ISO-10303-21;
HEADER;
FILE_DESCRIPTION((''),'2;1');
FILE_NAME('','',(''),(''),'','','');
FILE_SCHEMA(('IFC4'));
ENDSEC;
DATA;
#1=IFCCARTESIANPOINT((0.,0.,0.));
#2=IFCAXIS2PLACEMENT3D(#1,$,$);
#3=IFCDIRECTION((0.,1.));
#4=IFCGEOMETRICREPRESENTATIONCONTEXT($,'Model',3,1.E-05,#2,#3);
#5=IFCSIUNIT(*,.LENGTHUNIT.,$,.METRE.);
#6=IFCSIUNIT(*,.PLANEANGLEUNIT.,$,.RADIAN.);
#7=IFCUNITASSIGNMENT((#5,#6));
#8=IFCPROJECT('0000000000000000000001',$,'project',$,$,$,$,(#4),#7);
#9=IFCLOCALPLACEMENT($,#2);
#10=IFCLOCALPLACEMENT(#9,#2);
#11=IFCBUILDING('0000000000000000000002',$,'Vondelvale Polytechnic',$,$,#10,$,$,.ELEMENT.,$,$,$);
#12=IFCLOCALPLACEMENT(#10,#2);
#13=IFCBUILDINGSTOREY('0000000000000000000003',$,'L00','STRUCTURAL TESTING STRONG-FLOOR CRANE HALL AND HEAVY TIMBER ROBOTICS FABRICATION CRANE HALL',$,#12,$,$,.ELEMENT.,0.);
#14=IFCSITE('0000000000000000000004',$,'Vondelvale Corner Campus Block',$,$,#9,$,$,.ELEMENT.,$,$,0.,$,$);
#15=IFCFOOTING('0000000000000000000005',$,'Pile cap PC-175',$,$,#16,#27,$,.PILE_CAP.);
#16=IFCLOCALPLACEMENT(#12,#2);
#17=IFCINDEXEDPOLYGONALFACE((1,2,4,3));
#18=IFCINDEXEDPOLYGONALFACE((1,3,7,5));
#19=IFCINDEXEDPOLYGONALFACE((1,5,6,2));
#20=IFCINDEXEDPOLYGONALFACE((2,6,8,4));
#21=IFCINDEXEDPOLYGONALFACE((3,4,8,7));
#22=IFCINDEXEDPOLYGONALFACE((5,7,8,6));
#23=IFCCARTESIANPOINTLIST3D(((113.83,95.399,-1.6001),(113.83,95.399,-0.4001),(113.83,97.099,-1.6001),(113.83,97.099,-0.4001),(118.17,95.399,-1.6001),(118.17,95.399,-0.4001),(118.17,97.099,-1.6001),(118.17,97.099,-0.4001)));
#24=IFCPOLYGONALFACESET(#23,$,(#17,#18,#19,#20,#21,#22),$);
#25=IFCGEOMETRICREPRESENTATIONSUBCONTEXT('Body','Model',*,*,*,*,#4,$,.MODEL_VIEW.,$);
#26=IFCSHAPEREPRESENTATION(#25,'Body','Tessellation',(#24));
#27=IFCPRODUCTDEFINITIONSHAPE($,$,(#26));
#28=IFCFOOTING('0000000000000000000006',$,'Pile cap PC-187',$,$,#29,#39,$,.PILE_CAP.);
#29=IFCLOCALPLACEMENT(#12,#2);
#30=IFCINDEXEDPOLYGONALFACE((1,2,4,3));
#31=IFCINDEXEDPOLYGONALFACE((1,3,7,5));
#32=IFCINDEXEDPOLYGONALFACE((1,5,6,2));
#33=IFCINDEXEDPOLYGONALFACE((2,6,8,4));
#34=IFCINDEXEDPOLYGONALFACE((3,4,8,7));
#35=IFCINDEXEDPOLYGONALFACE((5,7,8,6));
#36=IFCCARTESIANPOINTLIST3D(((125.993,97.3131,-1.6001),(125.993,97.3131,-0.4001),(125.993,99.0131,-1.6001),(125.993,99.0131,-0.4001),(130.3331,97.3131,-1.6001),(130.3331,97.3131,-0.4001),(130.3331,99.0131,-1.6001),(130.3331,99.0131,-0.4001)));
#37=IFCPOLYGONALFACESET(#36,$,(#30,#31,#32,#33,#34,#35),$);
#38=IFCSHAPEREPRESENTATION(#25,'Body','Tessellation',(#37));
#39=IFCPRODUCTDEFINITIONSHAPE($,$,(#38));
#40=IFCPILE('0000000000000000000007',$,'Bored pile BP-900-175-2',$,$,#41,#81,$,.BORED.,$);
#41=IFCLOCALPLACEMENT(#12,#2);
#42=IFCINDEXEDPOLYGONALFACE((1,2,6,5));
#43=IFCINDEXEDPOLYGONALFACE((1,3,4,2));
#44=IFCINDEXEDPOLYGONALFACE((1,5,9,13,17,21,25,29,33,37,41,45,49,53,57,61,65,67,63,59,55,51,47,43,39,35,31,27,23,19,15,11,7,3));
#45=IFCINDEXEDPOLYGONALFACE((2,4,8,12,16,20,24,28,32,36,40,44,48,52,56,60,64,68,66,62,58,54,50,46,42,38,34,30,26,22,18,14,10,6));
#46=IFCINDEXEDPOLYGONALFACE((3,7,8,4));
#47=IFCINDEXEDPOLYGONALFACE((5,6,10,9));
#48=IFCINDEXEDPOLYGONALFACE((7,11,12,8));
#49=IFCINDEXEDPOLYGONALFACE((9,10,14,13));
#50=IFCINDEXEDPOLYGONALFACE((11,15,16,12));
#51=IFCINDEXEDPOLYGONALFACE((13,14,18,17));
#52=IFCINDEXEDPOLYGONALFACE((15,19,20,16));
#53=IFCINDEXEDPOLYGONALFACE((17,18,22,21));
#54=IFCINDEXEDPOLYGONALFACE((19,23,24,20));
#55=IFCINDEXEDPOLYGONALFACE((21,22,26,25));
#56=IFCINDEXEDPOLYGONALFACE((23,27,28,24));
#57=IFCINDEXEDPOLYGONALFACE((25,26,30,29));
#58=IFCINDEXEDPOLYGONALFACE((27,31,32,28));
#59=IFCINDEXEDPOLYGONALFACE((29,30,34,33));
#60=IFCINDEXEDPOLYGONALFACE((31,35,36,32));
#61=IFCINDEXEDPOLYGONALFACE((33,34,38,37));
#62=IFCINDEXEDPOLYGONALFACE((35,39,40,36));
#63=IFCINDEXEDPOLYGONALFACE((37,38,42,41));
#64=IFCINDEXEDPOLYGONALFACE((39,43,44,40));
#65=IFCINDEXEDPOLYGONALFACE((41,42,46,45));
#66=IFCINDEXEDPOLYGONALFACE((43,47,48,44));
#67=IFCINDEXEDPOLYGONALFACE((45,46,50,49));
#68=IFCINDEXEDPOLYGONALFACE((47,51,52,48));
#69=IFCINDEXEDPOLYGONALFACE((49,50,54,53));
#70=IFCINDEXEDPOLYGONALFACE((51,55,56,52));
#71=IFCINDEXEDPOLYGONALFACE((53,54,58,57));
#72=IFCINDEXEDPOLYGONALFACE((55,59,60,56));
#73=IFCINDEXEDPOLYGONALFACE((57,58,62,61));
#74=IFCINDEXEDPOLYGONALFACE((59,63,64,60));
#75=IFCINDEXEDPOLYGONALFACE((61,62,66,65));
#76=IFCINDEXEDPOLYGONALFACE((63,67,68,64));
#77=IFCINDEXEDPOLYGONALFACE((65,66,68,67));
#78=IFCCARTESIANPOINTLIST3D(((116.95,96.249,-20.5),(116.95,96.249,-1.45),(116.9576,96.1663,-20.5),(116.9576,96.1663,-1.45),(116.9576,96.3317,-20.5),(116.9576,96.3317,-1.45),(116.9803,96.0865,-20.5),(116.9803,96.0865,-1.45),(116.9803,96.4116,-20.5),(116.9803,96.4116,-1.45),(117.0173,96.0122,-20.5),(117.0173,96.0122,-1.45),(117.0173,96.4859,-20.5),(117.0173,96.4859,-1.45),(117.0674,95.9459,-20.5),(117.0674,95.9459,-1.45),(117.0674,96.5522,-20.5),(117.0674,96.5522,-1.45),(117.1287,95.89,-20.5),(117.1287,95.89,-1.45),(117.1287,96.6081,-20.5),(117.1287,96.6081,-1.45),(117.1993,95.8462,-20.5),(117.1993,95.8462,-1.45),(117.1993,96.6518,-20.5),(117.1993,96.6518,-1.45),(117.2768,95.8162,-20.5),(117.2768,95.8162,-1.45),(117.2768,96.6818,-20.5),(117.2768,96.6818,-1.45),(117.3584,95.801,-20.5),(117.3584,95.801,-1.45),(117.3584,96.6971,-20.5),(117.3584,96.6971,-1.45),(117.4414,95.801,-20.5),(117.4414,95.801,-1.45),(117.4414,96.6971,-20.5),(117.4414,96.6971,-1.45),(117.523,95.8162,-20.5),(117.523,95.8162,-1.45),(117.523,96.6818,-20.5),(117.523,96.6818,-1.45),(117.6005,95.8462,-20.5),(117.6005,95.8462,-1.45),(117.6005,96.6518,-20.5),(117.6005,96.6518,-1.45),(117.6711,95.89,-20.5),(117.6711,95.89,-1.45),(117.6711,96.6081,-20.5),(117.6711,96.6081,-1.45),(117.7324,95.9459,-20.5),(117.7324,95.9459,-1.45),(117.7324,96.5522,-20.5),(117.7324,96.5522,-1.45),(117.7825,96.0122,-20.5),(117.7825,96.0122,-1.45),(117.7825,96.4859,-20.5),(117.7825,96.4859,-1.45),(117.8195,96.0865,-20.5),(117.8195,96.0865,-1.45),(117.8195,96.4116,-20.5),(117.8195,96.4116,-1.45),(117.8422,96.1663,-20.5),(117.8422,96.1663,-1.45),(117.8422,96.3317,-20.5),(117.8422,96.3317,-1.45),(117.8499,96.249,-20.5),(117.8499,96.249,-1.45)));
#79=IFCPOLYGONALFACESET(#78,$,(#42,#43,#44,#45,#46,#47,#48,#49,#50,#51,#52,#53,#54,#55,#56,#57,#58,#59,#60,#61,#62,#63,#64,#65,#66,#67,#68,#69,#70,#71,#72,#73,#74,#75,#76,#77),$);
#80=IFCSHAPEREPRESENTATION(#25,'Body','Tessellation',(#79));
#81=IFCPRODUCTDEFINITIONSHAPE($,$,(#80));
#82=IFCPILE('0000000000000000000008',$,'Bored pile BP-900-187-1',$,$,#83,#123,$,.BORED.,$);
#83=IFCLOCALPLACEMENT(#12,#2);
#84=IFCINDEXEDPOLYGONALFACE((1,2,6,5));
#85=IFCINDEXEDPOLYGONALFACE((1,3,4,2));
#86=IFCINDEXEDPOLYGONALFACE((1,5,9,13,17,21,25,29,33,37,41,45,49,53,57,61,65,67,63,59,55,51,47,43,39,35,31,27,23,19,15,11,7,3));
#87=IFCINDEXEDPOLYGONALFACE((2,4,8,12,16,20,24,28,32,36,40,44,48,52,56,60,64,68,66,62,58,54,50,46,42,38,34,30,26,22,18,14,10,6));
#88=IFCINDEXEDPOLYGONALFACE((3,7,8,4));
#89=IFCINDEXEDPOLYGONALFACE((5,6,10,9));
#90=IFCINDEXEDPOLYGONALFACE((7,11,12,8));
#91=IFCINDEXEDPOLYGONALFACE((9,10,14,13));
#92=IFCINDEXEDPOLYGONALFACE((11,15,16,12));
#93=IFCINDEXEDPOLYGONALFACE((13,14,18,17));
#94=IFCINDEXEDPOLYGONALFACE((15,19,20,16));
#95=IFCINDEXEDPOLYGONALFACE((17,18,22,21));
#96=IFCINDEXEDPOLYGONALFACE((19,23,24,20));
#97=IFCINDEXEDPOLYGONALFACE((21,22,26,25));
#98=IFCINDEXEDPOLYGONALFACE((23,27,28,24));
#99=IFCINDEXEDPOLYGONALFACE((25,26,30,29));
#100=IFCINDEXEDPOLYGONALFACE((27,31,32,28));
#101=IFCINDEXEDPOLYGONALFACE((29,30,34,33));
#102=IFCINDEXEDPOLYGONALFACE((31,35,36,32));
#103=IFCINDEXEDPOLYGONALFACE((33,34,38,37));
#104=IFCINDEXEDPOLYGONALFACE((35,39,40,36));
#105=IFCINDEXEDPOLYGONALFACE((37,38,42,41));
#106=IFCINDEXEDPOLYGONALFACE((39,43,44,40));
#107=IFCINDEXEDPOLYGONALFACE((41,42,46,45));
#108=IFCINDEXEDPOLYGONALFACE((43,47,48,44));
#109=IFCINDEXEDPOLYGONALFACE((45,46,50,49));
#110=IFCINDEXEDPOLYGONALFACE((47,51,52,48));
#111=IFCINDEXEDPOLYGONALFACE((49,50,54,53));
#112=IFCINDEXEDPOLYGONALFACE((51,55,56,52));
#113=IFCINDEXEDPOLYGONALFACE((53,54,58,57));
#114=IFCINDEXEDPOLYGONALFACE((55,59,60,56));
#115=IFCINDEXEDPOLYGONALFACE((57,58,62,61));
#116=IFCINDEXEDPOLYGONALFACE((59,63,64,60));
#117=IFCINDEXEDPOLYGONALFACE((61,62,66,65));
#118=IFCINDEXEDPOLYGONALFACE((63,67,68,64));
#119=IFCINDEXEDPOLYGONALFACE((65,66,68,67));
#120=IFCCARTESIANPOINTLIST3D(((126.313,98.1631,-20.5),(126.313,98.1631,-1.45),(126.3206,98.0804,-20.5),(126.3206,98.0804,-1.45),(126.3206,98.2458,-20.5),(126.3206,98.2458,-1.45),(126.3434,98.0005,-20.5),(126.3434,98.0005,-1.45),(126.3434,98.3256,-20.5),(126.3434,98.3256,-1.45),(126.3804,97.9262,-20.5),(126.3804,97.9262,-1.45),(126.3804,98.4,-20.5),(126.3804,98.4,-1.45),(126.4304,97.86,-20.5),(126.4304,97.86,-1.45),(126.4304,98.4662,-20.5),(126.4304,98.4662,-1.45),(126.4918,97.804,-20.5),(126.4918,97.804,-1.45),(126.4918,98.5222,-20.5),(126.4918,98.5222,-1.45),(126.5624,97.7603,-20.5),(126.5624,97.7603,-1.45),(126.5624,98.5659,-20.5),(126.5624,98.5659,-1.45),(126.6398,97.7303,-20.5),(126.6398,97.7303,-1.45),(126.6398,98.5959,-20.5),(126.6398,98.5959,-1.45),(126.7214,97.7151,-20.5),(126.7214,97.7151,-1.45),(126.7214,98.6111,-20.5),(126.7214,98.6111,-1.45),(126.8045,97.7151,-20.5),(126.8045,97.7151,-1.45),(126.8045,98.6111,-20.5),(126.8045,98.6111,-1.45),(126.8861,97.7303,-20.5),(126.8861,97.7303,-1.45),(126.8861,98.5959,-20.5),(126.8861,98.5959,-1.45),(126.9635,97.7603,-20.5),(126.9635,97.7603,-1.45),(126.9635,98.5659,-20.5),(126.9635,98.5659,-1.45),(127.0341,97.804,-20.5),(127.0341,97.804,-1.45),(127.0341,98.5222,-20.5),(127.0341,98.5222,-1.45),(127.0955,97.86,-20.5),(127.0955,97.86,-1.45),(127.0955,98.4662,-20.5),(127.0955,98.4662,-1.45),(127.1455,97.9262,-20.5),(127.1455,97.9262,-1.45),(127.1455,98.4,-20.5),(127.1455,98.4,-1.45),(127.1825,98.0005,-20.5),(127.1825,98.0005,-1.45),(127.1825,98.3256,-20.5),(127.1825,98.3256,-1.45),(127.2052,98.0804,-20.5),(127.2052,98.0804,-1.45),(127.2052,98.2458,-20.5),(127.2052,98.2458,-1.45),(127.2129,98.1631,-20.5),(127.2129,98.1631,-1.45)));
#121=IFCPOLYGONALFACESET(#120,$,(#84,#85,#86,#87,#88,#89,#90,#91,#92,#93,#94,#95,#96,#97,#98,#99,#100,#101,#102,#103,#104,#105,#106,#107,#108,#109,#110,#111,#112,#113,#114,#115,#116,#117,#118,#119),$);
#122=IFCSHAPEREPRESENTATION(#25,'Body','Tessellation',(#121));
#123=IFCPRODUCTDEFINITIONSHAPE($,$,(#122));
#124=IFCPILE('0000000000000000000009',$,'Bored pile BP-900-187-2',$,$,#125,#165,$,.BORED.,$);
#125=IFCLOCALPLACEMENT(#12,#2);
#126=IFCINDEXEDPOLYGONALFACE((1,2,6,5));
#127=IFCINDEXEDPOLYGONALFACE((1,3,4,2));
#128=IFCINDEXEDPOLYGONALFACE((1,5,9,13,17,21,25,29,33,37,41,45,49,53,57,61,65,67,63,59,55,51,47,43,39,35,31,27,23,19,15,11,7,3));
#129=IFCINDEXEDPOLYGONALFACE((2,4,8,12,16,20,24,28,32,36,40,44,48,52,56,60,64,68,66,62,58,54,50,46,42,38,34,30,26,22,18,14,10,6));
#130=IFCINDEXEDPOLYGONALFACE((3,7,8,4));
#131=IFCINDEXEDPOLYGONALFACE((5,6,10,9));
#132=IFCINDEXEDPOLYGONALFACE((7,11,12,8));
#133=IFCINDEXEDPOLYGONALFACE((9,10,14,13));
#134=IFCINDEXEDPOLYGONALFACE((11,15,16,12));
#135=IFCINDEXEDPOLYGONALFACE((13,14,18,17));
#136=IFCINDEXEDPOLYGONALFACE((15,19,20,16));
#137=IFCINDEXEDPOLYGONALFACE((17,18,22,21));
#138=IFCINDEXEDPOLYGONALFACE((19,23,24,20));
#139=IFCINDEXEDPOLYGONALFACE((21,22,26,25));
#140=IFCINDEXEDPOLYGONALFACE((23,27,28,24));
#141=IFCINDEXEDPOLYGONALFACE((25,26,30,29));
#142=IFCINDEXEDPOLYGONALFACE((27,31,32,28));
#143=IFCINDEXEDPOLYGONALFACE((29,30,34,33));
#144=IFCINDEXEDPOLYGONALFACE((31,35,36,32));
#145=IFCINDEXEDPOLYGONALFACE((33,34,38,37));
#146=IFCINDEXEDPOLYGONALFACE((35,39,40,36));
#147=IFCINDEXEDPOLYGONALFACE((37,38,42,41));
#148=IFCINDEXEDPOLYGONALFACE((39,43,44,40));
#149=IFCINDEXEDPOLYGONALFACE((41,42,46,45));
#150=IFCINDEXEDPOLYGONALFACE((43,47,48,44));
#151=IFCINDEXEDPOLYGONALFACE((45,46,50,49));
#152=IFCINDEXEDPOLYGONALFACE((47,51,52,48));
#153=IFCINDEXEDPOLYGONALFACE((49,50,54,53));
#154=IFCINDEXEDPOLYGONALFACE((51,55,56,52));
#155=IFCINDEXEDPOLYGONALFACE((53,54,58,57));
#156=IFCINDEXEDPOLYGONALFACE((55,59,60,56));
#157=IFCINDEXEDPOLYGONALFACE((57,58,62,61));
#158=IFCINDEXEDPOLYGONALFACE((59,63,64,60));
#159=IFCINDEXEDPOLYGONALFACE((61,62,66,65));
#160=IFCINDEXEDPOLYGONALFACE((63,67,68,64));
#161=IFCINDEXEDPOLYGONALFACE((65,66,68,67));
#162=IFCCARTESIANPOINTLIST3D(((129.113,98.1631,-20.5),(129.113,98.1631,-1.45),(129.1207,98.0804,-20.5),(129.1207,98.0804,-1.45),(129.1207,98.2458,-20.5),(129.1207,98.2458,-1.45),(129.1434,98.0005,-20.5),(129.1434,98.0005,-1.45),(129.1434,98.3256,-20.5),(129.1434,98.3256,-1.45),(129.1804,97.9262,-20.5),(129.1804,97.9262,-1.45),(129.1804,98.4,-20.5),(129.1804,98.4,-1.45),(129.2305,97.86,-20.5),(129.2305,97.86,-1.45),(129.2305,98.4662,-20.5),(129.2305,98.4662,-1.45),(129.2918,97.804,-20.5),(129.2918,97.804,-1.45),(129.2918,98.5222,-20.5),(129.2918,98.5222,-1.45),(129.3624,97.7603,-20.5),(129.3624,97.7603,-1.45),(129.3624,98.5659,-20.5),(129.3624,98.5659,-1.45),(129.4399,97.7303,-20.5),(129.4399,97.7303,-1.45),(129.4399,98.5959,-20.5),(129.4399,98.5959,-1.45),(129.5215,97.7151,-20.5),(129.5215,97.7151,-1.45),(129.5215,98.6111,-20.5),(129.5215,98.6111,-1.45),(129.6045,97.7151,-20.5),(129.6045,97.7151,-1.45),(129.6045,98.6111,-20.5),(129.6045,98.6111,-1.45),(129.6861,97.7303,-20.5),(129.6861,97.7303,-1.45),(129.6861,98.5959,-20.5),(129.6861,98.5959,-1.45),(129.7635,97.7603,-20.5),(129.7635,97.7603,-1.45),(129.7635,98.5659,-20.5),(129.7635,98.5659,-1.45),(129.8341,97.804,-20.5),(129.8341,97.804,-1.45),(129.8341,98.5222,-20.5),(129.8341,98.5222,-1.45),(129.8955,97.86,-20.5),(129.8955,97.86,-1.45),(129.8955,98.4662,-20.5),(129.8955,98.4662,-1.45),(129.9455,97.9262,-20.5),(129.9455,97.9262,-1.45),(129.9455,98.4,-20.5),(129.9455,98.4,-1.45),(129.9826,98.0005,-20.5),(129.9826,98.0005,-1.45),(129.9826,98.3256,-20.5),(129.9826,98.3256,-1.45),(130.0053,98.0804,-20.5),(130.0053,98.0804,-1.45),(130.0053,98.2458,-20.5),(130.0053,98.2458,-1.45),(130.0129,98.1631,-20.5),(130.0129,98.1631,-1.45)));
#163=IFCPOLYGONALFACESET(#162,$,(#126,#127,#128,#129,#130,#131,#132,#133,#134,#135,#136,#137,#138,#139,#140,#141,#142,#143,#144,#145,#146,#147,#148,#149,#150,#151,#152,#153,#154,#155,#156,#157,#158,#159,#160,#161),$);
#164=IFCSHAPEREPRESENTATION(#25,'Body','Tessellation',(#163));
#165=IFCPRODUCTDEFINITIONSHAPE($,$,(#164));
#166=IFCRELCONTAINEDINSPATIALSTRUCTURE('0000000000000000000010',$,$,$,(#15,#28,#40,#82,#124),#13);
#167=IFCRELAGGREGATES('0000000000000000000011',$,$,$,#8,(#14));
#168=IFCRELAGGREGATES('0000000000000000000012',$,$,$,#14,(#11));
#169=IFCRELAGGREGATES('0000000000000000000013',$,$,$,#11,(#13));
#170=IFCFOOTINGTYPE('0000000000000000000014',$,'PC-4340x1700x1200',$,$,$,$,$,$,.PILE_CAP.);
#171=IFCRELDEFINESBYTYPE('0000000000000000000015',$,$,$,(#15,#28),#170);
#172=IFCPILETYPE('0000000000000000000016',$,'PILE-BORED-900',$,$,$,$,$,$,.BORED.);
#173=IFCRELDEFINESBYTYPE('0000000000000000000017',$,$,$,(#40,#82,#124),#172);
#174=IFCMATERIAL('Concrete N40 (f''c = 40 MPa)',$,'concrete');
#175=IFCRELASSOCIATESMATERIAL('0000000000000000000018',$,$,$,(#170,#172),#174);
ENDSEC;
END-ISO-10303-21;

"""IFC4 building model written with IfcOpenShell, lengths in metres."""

from ifc_helpers import new_model, si_unit, direction, frame, origin, origin_2d, place, context, subcontext, project, spatial, rectangle, circle, extrude, material, material_profile, profile_set, type_object, element, save


model = new_model("IFC4")

# Units and contexts
model_context = context("Model", 3, precision=1e-05, world=origin(), true_north=direction((0.0, 1.0)))
body_context = subcontext(model_context, "Body", "Model", "MODEL_VIEW")
ifc_project = project(units=[si_unit("LENGTHUNIT", "METRE"), si_unit("PLANEANGLEUNIT", "RADIAN")], contexts=[model_context])

# Site, building, storey
site_placement = place(None, origin())
site = spatial("IfcSite", under=ifc_project, at=site_placement, Name="Vondelvale Corner Campus Block", CompositionType="ELEMENT", RefElevation=0.0)
building_placement = place(site_placement, origin())
building = spatial("IfcBuilding", under=site, at=building_placement, Name="Vondelvale Polytechnic", CompositionType="ELEMENT")
storey_placement = place(building_placement, origin())
storey = spatial("IfcBuildingStorey", under=building, at=storey_placement, Name="L00", Description="STRUCTURAL TESTING STRONG-FLOOR CRANE HALL AND HEAVY TIMBER ROBOTICS FABRICATION CRANE HALL", CompositionType="ELEMENT", Elevation=0.0)

# Footings
ifc_material_1 = material(Name="Concrete N40 (f'c = 40 MPa)", Category="concrete")
footing_type = type_object("IfcFootingType", Name="PC-4340x1700x1200", PredefinedType="PILE_CAP", material=ifc_material_1)
for number, where, z_axis, x_axis, name in (
    (1, (116.0, 96.249, -1.6001), (0.0, 0.0, 1.0), (1.0, 0.0, 0.0), "Pile cap PC-175"),
    (2, (128.1631, 98.1631, -1.6001), (0.0, 0.0, 1.0), (1.0, 0.0, 0.0), "Pile cap PC-187"),
):
    element("IfcFooting", number, at=place(storey_placement, frame(where, z_axis=z_axis, x_axis=x_axis)), inside=storey, type_object=footing_type, Name=name, PredefinedType="PILE_CAP", context=body_context, shape_type="SweptSolid", body=[
        extrude(rectangle(XDim=4.3401, YDim=1.7, at=origin_2d()), origin(), (0.0, 0.0, 1.0), 1.2),
    ])

# Piles
ifc_material_profile_1 = material_profile(ifc_material_1, circle(Radius=0.45, at=origin_2d()), Name="PILE-D900")
ifc_profile_set_1 = profile_set([ifc_material_profile_1], Name="Concrete N40 (f'c = 40 MPa)")
pile_type = type_object("IfcPileType", Name="PILE-BORED-900", PredefinedType="BORED", material=ifc_profile_set_1)
for number, where, z_axis, x_axis, name in (
    (3, (117.3999, 96.249, -1.45), (0.0, 0.0, -1.0), (1.0, 0.0, 0.0), "Bored pile BP-900-175-2"),
    (4, (126.7629, 98.1631, -1.45), (0.0, 0.0, -1.0), (1.0, 0.0, 0.0), "Bored pile BP-900-187-1"),
    (5, (129.563, 98.1631, -1.45), (0.0, 0.0, -1.0), (1.0, 0.0, 0.0), "Bored pile BP-900-187-2"),
):
    element("IfcPile", number, at=place(storey_placement, frame(where, z_axis=z_axis, x_axis=x_axis)), inside=storey, type_object=pile_type, Name=name, PredefinedType="BORED", context=body_context, shape_type="SweptSolid", body=[
        extrude(circle(Radius=0.45, at=origin_2d()), origin(), (0.0, 0.0, 1.0), 19.05),
    ])

save(model, "model.ifc")
